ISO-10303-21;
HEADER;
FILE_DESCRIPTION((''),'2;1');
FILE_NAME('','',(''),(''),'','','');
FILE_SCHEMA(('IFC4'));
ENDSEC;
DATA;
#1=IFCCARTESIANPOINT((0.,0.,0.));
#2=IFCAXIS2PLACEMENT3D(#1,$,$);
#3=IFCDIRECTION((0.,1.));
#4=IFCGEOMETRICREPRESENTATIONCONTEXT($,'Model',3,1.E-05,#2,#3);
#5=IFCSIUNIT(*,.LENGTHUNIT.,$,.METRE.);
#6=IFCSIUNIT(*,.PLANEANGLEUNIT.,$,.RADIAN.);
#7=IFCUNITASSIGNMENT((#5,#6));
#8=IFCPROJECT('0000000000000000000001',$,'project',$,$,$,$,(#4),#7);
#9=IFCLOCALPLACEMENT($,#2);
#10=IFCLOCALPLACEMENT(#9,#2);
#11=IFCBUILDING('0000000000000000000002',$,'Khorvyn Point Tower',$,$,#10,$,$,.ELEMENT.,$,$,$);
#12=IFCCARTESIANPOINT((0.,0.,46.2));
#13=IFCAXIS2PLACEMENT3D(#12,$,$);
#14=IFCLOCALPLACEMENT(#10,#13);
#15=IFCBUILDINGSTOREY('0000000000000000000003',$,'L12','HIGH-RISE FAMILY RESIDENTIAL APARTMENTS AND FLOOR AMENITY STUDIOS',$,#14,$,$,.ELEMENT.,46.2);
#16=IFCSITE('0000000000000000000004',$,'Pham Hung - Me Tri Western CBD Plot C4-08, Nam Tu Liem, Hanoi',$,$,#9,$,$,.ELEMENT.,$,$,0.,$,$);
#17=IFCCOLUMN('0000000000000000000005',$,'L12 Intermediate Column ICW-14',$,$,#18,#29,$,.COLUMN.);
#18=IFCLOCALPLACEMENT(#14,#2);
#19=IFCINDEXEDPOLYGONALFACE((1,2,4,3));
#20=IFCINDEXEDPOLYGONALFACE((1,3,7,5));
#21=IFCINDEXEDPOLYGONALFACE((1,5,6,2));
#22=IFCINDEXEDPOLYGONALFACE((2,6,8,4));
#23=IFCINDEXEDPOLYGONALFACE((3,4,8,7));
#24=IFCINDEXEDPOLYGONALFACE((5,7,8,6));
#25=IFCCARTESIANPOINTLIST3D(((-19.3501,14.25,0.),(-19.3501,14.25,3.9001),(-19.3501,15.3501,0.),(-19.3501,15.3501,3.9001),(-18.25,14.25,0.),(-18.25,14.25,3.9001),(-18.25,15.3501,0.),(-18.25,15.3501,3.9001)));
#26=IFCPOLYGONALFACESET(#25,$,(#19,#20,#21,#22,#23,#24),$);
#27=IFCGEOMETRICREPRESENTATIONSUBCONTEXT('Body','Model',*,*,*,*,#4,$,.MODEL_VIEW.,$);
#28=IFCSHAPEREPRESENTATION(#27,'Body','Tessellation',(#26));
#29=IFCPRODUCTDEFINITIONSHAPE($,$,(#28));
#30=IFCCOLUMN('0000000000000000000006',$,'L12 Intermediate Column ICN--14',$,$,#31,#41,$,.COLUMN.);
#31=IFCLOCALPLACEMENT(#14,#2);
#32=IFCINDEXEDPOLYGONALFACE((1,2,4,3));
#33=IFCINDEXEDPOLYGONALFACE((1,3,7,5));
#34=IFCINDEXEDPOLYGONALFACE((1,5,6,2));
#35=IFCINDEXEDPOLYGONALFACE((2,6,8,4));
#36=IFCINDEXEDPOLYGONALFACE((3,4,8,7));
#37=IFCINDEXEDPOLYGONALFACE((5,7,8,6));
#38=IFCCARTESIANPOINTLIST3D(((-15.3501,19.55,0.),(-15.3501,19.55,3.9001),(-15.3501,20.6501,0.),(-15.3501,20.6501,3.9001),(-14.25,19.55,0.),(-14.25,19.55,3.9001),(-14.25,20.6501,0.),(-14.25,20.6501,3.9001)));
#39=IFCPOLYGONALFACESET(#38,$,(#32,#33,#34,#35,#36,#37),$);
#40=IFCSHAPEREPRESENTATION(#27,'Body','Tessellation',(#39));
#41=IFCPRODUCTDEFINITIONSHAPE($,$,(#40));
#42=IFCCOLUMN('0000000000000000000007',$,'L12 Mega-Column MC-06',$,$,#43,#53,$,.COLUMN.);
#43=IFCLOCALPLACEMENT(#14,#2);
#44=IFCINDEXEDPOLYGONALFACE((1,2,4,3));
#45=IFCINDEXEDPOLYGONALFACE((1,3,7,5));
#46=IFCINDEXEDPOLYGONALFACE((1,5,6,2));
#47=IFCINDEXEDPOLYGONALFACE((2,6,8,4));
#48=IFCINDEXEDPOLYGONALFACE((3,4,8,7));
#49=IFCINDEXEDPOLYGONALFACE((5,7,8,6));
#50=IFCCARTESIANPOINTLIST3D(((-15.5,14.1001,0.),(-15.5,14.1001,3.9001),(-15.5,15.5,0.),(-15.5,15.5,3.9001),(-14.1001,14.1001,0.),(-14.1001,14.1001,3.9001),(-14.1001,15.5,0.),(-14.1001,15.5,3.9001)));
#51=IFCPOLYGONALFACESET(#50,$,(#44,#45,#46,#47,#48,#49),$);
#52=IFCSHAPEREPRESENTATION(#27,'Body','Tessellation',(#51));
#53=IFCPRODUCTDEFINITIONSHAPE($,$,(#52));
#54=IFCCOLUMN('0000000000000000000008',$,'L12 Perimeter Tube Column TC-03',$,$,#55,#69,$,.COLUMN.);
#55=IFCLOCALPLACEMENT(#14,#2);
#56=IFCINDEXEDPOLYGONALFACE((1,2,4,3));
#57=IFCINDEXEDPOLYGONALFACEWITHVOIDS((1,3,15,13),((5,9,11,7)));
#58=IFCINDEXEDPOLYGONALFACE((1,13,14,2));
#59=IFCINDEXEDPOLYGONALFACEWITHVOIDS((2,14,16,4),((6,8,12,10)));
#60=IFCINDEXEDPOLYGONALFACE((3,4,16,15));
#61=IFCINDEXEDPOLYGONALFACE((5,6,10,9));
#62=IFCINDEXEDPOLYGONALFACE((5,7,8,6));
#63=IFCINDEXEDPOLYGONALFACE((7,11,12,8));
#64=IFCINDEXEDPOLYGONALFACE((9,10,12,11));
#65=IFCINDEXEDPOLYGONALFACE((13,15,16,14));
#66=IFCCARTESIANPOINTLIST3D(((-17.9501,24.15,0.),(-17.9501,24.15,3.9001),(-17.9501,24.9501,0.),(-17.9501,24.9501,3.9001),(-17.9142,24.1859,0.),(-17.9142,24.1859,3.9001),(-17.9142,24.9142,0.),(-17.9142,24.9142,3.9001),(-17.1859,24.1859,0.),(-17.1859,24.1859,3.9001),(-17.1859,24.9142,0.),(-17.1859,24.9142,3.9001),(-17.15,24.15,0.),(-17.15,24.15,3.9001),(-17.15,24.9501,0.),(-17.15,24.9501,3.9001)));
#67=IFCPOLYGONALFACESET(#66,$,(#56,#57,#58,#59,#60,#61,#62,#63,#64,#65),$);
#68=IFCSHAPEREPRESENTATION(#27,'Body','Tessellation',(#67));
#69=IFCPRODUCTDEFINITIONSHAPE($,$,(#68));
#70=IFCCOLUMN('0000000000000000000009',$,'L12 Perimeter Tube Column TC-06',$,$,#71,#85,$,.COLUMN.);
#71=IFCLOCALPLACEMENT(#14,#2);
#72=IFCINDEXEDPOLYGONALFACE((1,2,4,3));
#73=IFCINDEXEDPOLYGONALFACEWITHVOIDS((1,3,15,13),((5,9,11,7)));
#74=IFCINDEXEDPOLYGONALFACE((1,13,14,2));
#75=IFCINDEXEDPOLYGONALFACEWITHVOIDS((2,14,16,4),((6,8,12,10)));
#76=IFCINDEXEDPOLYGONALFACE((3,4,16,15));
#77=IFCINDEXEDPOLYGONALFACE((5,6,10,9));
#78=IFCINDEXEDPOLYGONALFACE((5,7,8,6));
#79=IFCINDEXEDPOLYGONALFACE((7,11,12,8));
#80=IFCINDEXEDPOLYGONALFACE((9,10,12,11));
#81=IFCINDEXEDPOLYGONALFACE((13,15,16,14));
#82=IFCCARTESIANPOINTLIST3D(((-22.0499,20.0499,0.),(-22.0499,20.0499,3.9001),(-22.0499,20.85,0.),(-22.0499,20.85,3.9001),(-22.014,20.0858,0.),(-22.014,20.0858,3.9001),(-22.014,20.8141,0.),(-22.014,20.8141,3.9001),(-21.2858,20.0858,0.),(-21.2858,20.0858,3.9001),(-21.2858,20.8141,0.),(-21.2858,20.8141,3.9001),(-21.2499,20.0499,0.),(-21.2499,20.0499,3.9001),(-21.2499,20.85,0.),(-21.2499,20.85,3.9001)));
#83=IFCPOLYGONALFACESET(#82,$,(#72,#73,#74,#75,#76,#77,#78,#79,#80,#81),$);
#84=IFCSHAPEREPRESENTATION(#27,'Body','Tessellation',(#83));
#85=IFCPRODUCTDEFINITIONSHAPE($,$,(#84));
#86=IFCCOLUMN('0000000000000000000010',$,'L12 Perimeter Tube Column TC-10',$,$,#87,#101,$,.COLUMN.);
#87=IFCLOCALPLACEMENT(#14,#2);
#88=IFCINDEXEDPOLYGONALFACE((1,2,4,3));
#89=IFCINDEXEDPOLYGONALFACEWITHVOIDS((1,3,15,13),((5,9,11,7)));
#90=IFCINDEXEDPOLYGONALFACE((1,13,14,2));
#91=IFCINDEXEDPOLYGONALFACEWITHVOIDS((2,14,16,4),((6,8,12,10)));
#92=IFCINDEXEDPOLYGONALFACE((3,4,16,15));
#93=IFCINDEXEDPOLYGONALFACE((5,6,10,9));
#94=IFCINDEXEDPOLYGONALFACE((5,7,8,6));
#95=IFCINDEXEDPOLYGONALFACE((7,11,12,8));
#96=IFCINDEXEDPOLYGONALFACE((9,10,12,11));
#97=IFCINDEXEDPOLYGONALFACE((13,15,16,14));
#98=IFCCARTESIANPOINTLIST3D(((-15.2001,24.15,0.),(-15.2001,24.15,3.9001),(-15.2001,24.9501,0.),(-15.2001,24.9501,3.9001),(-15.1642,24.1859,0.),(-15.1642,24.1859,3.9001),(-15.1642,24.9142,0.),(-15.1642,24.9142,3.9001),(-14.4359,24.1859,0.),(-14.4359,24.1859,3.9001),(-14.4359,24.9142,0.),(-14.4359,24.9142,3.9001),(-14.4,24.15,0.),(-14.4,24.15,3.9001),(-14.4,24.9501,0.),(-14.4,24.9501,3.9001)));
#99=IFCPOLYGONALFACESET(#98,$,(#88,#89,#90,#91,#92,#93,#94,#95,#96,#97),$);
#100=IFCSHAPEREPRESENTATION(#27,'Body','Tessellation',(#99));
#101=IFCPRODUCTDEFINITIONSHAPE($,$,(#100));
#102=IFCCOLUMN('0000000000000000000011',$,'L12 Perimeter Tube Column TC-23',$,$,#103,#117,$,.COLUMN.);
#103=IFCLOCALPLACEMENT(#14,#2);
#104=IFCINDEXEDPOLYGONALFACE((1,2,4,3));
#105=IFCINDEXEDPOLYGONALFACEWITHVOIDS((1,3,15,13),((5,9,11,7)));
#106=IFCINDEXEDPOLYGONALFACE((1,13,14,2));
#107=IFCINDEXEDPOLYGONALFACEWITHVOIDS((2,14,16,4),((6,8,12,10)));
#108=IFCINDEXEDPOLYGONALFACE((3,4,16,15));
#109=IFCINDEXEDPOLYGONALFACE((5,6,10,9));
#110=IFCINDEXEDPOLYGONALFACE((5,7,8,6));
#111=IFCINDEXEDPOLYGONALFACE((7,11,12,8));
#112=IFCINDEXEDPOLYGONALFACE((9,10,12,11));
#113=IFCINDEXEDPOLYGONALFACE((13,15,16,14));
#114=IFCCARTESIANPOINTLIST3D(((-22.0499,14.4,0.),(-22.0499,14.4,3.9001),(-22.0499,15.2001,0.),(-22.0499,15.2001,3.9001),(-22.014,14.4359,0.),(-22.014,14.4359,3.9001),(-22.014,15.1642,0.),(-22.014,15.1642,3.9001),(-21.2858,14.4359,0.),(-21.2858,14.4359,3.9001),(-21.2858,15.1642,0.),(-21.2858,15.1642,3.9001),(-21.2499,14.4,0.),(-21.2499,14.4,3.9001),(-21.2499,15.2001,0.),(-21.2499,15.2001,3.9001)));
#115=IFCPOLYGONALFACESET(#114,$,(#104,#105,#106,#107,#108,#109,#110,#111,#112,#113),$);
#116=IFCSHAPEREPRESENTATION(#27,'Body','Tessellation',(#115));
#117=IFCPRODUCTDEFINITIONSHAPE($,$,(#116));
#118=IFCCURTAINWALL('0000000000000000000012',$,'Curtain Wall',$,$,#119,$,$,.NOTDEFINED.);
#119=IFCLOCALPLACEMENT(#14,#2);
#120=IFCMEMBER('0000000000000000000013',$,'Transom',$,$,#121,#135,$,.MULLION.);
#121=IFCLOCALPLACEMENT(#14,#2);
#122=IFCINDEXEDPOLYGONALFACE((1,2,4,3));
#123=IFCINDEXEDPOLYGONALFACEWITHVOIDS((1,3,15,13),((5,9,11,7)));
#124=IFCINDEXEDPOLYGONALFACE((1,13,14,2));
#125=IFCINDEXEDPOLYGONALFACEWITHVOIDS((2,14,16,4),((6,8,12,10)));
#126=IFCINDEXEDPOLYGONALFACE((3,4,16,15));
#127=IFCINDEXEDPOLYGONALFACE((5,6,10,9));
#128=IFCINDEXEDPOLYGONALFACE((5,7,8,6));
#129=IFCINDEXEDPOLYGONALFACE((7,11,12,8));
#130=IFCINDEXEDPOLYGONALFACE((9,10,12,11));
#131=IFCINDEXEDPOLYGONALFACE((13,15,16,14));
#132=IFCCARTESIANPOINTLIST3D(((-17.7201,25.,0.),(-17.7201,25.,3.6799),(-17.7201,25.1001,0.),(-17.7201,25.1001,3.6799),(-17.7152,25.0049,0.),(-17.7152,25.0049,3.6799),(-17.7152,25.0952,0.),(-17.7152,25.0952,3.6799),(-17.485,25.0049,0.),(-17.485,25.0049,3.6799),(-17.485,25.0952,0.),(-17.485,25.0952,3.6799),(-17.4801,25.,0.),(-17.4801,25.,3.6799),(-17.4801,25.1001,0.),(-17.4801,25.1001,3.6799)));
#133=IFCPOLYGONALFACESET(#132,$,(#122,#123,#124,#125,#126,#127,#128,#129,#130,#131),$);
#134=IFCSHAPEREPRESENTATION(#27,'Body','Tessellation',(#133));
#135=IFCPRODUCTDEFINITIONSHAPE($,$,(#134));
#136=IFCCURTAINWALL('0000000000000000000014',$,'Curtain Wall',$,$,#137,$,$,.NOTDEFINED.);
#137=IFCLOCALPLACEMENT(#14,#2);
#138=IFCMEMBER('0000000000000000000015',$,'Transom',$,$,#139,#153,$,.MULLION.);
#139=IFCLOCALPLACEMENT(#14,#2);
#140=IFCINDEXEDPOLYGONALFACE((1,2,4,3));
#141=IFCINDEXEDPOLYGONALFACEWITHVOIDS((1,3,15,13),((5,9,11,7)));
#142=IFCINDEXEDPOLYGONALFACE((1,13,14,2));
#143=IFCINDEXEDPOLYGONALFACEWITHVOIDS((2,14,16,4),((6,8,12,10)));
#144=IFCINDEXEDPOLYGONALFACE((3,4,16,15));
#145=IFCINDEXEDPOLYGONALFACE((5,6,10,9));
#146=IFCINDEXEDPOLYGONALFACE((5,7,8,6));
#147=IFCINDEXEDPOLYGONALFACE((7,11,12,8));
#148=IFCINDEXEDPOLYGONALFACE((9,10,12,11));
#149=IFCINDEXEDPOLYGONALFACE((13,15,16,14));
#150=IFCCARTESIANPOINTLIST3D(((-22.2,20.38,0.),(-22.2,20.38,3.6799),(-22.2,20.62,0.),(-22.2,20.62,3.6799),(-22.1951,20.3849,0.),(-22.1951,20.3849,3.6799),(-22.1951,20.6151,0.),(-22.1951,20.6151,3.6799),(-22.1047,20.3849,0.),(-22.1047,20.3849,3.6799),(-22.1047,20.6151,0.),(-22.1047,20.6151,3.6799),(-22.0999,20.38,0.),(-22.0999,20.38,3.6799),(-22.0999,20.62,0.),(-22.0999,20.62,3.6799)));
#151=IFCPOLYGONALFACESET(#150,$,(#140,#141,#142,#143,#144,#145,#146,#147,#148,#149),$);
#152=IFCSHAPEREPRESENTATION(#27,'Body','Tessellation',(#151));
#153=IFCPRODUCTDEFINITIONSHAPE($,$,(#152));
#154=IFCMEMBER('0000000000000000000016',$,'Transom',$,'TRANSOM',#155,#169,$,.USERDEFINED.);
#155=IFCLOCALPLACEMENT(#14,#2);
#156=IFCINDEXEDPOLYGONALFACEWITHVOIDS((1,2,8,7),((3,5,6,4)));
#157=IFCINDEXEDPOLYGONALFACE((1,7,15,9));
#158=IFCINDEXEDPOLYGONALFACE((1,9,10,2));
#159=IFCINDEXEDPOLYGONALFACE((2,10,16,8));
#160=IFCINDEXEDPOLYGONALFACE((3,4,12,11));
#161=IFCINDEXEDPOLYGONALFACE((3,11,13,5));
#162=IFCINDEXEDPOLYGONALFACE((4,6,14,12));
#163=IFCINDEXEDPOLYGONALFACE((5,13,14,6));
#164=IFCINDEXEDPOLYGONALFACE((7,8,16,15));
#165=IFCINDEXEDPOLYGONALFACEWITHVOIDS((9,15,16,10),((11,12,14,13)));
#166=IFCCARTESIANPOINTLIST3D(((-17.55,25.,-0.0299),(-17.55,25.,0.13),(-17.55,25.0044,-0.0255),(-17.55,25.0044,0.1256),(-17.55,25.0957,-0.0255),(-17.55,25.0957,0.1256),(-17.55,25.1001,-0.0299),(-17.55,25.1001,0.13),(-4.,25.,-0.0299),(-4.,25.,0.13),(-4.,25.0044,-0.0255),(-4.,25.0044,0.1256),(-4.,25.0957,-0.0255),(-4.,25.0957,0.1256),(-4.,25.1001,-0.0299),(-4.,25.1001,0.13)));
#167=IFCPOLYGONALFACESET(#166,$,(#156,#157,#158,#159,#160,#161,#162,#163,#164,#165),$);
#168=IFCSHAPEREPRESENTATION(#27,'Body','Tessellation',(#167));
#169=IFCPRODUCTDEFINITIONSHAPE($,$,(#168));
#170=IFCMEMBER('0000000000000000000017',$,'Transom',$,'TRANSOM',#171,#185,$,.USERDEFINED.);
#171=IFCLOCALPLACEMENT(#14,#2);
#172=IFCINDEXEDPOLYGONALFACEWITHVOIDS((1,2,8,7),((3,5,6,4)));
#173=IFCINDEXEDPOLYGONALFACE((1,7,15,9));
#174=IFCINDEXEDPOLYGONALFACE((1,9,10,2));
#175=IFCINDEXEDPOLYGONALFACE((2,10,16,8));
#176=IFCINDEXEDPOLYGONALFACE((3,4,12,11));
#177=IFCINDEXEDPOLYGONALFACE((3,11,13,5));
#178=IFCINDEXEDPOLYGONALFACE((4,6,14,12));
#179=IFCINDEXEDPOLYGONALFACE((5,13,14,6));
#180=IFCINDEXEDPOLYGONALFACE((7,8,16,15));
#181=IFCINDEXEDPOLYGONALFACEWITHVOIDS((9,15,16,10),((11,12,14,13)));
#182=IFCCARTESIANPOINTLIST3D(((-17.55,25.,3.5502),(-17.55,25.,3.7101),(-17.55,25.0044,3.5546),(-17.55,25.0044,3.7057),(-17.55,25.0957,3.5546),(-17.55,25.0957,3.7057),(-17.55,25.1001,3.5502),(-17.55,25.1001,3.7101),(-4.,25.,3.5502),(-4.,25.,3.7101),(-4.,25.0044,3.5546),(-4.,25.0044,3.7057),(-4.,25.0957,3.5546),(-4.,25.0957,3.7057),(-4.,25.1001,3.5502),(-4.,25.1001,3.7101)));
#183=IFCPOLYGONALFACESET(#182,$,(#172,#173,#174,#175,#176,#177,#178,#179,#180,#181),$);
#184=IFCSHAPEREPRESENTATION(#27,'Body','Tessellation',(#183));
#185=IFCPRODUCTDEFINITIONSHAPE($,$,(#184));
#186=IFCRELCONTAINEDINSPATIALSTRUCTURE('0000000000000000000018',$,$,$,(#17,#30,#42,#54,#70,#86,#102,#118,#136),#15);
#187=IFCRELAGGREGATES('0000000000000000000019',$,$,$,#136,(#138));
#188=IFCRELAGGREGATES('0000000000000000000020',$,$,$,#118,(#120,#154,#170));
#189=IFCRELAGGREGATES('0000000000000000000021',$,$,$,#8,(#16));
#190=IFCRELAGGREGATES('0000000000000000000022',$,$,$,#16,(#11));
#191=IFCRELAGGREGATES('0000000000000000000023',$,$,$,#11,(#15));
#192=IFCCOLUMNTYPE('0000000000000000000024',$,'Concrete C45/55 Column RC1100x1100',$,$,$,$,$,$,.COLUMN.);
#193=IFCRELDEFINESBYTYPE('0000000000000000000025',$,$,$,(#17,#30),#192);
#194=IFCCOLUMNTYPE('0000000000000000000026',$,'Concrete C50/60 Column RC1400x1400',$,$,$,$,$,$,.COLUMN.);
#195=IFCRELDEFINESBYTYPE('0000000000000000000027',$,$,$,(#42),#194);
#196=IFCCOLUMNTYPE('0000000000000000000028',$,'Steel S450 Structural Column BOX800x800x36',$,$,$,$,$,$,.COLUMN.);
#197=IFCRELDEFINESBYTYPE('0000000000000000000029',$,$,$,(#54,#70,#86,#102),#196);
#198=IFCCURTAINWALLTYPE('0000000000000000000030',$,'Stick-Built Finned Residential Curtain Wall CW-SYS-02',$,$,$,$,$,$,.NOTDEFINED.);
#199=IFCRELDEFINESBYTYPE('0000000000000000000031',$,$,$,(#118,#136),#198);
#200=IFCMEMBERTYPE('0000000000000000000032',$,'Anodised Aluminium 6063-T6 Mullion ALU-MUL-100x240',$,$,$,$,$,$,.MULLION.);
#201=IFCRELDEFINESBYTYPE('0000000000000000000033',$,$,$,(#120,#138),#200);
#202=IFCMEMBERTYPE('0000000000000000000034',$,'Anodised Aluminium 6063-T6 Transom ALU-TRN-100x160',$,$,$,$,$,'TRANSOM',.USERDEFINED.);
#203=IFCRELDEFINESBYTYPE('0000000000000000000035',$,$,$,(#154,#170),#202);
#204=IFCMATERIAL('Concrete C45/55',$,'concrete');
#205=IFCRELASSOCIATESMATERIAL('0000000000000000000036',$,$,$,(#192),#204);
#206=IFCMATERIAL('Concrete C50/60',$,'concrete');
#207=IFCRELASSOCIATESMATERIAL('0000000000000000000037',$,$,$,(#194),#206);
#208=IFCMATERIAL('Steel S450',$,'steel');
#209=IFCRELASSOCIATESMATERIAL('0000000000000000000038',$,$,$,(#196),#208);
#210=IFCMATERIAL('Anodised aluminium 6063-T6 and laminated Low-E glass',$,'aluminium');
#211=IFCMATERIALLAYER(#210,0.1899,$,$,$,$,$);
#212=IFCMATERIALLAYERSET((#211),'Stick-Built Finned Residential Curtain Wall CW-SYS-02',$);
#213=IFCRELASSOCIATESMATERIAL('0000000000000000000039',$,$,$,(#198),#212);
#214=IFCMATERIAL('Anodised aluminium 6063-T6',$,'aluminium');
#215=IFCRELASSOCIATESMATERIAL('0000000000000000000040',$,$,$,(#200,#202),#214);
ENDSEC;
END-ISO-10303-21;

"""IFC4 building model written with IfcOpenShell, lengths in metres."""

from ifc_helpers import new_model, si_unit, direction, frame, origin, origin_2d, place, context, subcontext, project, spatial, rectangle, hollow_rectangle, extrude, material, layer, layer_set, material_profile, profile_set, type_object, element, aggregate, save


model = new_model("IFC4")

# Units and contexts
model_context = context("Model", 3, precision=1e-05, world=origin(), true_north=direction((0.0, 1.0)))
body_context = subcontext(model_context, "Body", "Model", "MODEL_VIEW")
ifc_project = project(units=[si_unit("LENGTHUNIT", "METRE"), si_unit("PLANEANGLEUNIT", "RADIAN")], contexts=[model_context])

# Site, building, storey
site_placement = place(None, origin())
site = spatial("IfcSite", under=ifc_project, at=site_placement, Name="Pham Hung - Me Tri Western CBD Plot C4-08, Nam Tu Liem, Hanoi", CompositionType="ELEMENT", RefElevation=0.0)
building_placement = place(site_placement, origin())
building = spatial("IfcBuilding", under=site, at=building_placement, Name="Khorvyn Point Tower", CompositionType="ELEMENT")
storey_placement = place(building_placement, frame((0.0, 0.0, 46.2)))
storey = spatial("IfcBuildingStorey", under=building, at=storey_placement, Name="L12", Description="HIGH-RISE FAMILY RESIDENTIAL APARTMENTS AND FLOOR AMENITY STUDIOS", CompositionType="ELEMENT", Elevation=46.2)

# Columns
ifc_material_1 = material(Name="Concrete C45/55", Category="concrete")
ifc_material_profile_1 = material_profile(ifc_material_1, rectangle(XDim=1.1001, YDim=1.1001, at=origin_2d()))
ifc_profile_set_1 = profile_set([ifc_material_profile_1], Name="Concrete C45/55 RC1100x1100")
column_type_1 = type_object("IfcColumnType", Name="Concrete C45/55 Column RC1100x1100", PredefinedType="COLUMN", material=ifc_profile_set_1)
for number, where, z_axis, x_axis, name in (
    (1, (-18.8, 14.8, 0.0), (0.0, 0.0, 1.0), (1.0, 0.0, 0.0), "L12 Intermediate Column ICW-14"),
    (2, (-14.8, 20.1001, 0.0), (0.0, 0.0, 1.0), (1.0, 0.0, 0.0), "L12 Intermediate Column ICN--14"),
):
    element("IfcColumn", number, at=place(storey_placement, frame(where, z_axis=z_axis, x_axis=x_axis)), inside=storey, type_object=column_type_1, Name=name, PredefinedType="COLUMN", context=body_context, shape_type="SweptSolid", body=[
        extrude(rectangle(XDim=1.1001, YDim=1.1001, at=origin_2d()), origin(), (0.0, 0.0, 1.0), 3.9001),
    ])
ifc_material_2 = material(Name="Concrete C50/60", Category="concrete")
ifc_material_profile_2 = material_profile(ifc_material_2, rectangle(XDim=1.3999, YDim=1.3999, at=origin_2d()))
ifc_profile_set_2 = profile_set([ifc_material_profile_2], Name="Concrete C50/60 RC1400x1400")
column_type_2 = type_object("IfcColumnType", Name="Concrete C50/60 Column RC1400x1400", PredefinedType="COLUMN", material=ifc_profile_set_2)
column_placement = place(storey_placement, frame((-14.8, 14.8, 0.0), z_axis=(0.0, 0.0, 1.0), x_axis=(1.0, 0.0, 0.0)))
element("IfcColumn", 3, at=column_placement, inside=storey, type_object=column_type_2, Name="L12 Mega-Column MC-06", PredefinedType="COLUMN", context=body_context, shape_type="SweptSolid", body=[
    extrude(rectangle(XDim=1.3999, YDim=1.3999, at=origin_2d()), origin(), (0.0, 0.0, 1.0), 3.9001),
])
ifc_material_3 = material(Name="Steel S450", Category="steel")
ifc_material_profile_3 = material_profile(ifc_material_3, hollow_rectangle(XDim=0.8, YDim=0.8, WallThickness=0.0359, at=origin_2d()))
ifc_profile_set_3 = profile_set([ifc_material_profile_3], Name="Steel S450 BOX800x800x36")
column_type_3 = type_object("IfcColumnType", Name="Steel S450 Structural Column BOX800x800x36", PredefinedType="COLUMN", material=ifc_profile_set_3)
for number, where, z_axis, x_axis, name in (
    (4, (-17.55, 24.55, 0.0), (0.0, 0.0, 1.0), (1.0, 0.0, 0.0), "L12 Perimeter Tube Column TC-03"),
    (5, (-21.6499, 20.45, 0.0), (0.0, 0.0, 1.0), (1.0, 0.0, 0.0), "L12 Perimeter Tube Column TC-06"),
    (6, (-14.8, 24.55, 0.0), (0.0, 0.0, 1.0), (1.0, 0.0, 0.0), "L12 Perimeter Tube Column TC-10"),
    (7, (-21.6499, 14.8, 0.0), (0.0, 0.0, 1.0), (1.0, 0.0, 0.0), "L12 Perimeter Tube Column TC-23"),
):
    element("IfcColumn", number, at=place(storey_placement, frame(where, z_axis=z_axis, x_axis=x_axis)), inside=storey, type_object=column_type_3, Name=name, PredefinedType="COLUMN", context=body_context, shape_type="SweptSolid", body=[
        extrude(hollow_rectangle(XDim=0.8, YDim=0.8, WallThickness=0.0359, at=origin_2d()), origin(), (0.0, 0.0, 1.0), 3.9001),
    ])

# Curtain walls, members
ifc_material_4 = material(Name="Anodised aluminium 6063-T6 and laminated Low-E glass", Category="aluminium")
ifc_layer_1 = layer(ifc_material_4, 0.1899)
ifc_layer_set_1 = layer_set([ifc_layer_1], Name="Stick-Built Finned Residential Curtain Wall CW-SYS-02")
curtain_wall_type = type_object("IfcCurtainWallType", Name="Stick-Built Finned Residential Curtain Wall CW-SYS-02", PredefinedType="NOTDEFINED", material=ifc_layer_set_1)
curtain_wall_1_placement = place(storey_placement, origin())
curtain_wall_1 = element("IfcCurtainWall", 8, at=curtain_wall_1_placement, inside=storey, type_object=curtain_wall_type, Name="Curtain Wall", PredefinedType="NOTDEFINED")
ifc_material_5 = material(Name="Anodised aluminium 6063-T6", Category="aluminium")
ifc_material_profile_4 = material_profile(ifc_material_5, hollow_rectangle(XDim=0.1001, YDim=0.24, WallThickness=0.0049, at=origin_2d()))
ifc_profile_set_4 = profile_set([ifc_material_profile_4], Name="Anodised aluminium 6063-T6 ALU-MUL-100x240")
member_type_1 = type_object("IfcMemberType", Name="Anodised Aluminium 6063-T6 Mullion ALU-MUL-100x240", PredefinedType="MULLION", material=ifc_profile_set_4)
member_1_placement = place(storey_placement, frame((-17.6001, 25.05, 0.0), z_axis=(0.0, 0.0, 1.0), x_axis=(0.0, 1.0, 0.0)))
member_1 = element("IfcMember", 9, at=member_1_placement, type_object=member_type_1, Name="Transom", PredefinedType="MULLION", context=body_context, shape_type="SweptSolid", body=[
    extrude(hollow_rectangle(XDim=0.1001, YDim=0.24, WallThickness=0.0049, at=origin_2d()), origin(), (0.0, 0.0, 1.0), 3.6799),
])
curtain_wall_2_placement = place(storey_placement, origin())
curtain_wall_2 = element("IfcCurtainWall", 10, at=curtain_wall_2_placement, inside=storey, type_object=curtain_wall_type, Name="Curtain Wall", PredefinedType="NOTDEFINED")
member_2_placement = place(storey_placement, frame((-22.1499, 20.5, 0.0), z_axis=(0.0, 0.0, 1.0), x_axis=(-1.0, 0.0, 0.0)))
member_2 = element("IfcMember", 11, at=member_2_placement, type_object=member_type_1, Name="Transom", PredefinedType="MULLION", context=body_context, shape_type="SweptSolid", body=[
    extrude(hollow_rectangle(XDim=0.1001, YDim=0.24, WallThickness=0.0049, at=origin_2d()), origin(), (0.0, 0.0, 1.0), 3.6799),
])
aggregate(curtain_wall_2, [member_2])

# Members
ifc_material_profile_5 = material_profile(ifc_material_5, hollow_rectangle(XDim=0.1001, YDim=0.1599, WallThickness=0.0044, at=origin_2d()))
ifc_profile_set_5 = profile_set([ifc_material_profile_5], Name="Anodised aluminium 6063-T6 ALU-TRN-100x160")
member_type_2 = type_object("IfcMemberType", Name="Anodised Aluminium 6063-T6 Transom ALU-TRN-100x160", ElementType="TRANSOM", PredefinedType="USERDEFINED", material=ifc_profile_set_5)
member_3_placement = place(storey_placement, frame((-17.55, 25.05, 0.05), z_axis=(1.0, 0.0, 0.0), x_axis=(0.0, 1.0, 0.0)))
member_3 = element("IfcMember", 12, at=member_3_placement, type_object=member_type_2, Name="Transom", ObjectType="TRANSOM", PredefinedType="USERDEFINED", context=body_context, shape_type="SweptSolid", body=[
    extrude(hollow_rectangle(XDim=0.1001, YDim=0.1599, WallThickness=0.0044, at=origin_2d()), origin(), (0.0, 0.0, 1.0), 13.55),
])
member_4_placement = place(storey_placement, frame((-17.55, 25.05, 3.6301), z_axis=(1.0, 0.0, 0.0), x_axis=(0.0, 1.0, 0.0)))
member_4 = element("IfcMember", 13, at=member_4_placement, type_object=member_type_2, Name="Transom", ObjectType="TRANSOM", PredefinedType="USERDEFINED", context=body_context, shape_type="SweptSolid", body=[
    extrude(hollow_rectangle(XDim=0.1001, YDim=0.1599, WallThickness=0.0044, at=origin_2d()), origin(), (0.0, 0.0, 1.0), 13.55),
])

aggregate(curtain_wall_1, [member_1, member_3, member_4])

save(model, "model.ifc")
